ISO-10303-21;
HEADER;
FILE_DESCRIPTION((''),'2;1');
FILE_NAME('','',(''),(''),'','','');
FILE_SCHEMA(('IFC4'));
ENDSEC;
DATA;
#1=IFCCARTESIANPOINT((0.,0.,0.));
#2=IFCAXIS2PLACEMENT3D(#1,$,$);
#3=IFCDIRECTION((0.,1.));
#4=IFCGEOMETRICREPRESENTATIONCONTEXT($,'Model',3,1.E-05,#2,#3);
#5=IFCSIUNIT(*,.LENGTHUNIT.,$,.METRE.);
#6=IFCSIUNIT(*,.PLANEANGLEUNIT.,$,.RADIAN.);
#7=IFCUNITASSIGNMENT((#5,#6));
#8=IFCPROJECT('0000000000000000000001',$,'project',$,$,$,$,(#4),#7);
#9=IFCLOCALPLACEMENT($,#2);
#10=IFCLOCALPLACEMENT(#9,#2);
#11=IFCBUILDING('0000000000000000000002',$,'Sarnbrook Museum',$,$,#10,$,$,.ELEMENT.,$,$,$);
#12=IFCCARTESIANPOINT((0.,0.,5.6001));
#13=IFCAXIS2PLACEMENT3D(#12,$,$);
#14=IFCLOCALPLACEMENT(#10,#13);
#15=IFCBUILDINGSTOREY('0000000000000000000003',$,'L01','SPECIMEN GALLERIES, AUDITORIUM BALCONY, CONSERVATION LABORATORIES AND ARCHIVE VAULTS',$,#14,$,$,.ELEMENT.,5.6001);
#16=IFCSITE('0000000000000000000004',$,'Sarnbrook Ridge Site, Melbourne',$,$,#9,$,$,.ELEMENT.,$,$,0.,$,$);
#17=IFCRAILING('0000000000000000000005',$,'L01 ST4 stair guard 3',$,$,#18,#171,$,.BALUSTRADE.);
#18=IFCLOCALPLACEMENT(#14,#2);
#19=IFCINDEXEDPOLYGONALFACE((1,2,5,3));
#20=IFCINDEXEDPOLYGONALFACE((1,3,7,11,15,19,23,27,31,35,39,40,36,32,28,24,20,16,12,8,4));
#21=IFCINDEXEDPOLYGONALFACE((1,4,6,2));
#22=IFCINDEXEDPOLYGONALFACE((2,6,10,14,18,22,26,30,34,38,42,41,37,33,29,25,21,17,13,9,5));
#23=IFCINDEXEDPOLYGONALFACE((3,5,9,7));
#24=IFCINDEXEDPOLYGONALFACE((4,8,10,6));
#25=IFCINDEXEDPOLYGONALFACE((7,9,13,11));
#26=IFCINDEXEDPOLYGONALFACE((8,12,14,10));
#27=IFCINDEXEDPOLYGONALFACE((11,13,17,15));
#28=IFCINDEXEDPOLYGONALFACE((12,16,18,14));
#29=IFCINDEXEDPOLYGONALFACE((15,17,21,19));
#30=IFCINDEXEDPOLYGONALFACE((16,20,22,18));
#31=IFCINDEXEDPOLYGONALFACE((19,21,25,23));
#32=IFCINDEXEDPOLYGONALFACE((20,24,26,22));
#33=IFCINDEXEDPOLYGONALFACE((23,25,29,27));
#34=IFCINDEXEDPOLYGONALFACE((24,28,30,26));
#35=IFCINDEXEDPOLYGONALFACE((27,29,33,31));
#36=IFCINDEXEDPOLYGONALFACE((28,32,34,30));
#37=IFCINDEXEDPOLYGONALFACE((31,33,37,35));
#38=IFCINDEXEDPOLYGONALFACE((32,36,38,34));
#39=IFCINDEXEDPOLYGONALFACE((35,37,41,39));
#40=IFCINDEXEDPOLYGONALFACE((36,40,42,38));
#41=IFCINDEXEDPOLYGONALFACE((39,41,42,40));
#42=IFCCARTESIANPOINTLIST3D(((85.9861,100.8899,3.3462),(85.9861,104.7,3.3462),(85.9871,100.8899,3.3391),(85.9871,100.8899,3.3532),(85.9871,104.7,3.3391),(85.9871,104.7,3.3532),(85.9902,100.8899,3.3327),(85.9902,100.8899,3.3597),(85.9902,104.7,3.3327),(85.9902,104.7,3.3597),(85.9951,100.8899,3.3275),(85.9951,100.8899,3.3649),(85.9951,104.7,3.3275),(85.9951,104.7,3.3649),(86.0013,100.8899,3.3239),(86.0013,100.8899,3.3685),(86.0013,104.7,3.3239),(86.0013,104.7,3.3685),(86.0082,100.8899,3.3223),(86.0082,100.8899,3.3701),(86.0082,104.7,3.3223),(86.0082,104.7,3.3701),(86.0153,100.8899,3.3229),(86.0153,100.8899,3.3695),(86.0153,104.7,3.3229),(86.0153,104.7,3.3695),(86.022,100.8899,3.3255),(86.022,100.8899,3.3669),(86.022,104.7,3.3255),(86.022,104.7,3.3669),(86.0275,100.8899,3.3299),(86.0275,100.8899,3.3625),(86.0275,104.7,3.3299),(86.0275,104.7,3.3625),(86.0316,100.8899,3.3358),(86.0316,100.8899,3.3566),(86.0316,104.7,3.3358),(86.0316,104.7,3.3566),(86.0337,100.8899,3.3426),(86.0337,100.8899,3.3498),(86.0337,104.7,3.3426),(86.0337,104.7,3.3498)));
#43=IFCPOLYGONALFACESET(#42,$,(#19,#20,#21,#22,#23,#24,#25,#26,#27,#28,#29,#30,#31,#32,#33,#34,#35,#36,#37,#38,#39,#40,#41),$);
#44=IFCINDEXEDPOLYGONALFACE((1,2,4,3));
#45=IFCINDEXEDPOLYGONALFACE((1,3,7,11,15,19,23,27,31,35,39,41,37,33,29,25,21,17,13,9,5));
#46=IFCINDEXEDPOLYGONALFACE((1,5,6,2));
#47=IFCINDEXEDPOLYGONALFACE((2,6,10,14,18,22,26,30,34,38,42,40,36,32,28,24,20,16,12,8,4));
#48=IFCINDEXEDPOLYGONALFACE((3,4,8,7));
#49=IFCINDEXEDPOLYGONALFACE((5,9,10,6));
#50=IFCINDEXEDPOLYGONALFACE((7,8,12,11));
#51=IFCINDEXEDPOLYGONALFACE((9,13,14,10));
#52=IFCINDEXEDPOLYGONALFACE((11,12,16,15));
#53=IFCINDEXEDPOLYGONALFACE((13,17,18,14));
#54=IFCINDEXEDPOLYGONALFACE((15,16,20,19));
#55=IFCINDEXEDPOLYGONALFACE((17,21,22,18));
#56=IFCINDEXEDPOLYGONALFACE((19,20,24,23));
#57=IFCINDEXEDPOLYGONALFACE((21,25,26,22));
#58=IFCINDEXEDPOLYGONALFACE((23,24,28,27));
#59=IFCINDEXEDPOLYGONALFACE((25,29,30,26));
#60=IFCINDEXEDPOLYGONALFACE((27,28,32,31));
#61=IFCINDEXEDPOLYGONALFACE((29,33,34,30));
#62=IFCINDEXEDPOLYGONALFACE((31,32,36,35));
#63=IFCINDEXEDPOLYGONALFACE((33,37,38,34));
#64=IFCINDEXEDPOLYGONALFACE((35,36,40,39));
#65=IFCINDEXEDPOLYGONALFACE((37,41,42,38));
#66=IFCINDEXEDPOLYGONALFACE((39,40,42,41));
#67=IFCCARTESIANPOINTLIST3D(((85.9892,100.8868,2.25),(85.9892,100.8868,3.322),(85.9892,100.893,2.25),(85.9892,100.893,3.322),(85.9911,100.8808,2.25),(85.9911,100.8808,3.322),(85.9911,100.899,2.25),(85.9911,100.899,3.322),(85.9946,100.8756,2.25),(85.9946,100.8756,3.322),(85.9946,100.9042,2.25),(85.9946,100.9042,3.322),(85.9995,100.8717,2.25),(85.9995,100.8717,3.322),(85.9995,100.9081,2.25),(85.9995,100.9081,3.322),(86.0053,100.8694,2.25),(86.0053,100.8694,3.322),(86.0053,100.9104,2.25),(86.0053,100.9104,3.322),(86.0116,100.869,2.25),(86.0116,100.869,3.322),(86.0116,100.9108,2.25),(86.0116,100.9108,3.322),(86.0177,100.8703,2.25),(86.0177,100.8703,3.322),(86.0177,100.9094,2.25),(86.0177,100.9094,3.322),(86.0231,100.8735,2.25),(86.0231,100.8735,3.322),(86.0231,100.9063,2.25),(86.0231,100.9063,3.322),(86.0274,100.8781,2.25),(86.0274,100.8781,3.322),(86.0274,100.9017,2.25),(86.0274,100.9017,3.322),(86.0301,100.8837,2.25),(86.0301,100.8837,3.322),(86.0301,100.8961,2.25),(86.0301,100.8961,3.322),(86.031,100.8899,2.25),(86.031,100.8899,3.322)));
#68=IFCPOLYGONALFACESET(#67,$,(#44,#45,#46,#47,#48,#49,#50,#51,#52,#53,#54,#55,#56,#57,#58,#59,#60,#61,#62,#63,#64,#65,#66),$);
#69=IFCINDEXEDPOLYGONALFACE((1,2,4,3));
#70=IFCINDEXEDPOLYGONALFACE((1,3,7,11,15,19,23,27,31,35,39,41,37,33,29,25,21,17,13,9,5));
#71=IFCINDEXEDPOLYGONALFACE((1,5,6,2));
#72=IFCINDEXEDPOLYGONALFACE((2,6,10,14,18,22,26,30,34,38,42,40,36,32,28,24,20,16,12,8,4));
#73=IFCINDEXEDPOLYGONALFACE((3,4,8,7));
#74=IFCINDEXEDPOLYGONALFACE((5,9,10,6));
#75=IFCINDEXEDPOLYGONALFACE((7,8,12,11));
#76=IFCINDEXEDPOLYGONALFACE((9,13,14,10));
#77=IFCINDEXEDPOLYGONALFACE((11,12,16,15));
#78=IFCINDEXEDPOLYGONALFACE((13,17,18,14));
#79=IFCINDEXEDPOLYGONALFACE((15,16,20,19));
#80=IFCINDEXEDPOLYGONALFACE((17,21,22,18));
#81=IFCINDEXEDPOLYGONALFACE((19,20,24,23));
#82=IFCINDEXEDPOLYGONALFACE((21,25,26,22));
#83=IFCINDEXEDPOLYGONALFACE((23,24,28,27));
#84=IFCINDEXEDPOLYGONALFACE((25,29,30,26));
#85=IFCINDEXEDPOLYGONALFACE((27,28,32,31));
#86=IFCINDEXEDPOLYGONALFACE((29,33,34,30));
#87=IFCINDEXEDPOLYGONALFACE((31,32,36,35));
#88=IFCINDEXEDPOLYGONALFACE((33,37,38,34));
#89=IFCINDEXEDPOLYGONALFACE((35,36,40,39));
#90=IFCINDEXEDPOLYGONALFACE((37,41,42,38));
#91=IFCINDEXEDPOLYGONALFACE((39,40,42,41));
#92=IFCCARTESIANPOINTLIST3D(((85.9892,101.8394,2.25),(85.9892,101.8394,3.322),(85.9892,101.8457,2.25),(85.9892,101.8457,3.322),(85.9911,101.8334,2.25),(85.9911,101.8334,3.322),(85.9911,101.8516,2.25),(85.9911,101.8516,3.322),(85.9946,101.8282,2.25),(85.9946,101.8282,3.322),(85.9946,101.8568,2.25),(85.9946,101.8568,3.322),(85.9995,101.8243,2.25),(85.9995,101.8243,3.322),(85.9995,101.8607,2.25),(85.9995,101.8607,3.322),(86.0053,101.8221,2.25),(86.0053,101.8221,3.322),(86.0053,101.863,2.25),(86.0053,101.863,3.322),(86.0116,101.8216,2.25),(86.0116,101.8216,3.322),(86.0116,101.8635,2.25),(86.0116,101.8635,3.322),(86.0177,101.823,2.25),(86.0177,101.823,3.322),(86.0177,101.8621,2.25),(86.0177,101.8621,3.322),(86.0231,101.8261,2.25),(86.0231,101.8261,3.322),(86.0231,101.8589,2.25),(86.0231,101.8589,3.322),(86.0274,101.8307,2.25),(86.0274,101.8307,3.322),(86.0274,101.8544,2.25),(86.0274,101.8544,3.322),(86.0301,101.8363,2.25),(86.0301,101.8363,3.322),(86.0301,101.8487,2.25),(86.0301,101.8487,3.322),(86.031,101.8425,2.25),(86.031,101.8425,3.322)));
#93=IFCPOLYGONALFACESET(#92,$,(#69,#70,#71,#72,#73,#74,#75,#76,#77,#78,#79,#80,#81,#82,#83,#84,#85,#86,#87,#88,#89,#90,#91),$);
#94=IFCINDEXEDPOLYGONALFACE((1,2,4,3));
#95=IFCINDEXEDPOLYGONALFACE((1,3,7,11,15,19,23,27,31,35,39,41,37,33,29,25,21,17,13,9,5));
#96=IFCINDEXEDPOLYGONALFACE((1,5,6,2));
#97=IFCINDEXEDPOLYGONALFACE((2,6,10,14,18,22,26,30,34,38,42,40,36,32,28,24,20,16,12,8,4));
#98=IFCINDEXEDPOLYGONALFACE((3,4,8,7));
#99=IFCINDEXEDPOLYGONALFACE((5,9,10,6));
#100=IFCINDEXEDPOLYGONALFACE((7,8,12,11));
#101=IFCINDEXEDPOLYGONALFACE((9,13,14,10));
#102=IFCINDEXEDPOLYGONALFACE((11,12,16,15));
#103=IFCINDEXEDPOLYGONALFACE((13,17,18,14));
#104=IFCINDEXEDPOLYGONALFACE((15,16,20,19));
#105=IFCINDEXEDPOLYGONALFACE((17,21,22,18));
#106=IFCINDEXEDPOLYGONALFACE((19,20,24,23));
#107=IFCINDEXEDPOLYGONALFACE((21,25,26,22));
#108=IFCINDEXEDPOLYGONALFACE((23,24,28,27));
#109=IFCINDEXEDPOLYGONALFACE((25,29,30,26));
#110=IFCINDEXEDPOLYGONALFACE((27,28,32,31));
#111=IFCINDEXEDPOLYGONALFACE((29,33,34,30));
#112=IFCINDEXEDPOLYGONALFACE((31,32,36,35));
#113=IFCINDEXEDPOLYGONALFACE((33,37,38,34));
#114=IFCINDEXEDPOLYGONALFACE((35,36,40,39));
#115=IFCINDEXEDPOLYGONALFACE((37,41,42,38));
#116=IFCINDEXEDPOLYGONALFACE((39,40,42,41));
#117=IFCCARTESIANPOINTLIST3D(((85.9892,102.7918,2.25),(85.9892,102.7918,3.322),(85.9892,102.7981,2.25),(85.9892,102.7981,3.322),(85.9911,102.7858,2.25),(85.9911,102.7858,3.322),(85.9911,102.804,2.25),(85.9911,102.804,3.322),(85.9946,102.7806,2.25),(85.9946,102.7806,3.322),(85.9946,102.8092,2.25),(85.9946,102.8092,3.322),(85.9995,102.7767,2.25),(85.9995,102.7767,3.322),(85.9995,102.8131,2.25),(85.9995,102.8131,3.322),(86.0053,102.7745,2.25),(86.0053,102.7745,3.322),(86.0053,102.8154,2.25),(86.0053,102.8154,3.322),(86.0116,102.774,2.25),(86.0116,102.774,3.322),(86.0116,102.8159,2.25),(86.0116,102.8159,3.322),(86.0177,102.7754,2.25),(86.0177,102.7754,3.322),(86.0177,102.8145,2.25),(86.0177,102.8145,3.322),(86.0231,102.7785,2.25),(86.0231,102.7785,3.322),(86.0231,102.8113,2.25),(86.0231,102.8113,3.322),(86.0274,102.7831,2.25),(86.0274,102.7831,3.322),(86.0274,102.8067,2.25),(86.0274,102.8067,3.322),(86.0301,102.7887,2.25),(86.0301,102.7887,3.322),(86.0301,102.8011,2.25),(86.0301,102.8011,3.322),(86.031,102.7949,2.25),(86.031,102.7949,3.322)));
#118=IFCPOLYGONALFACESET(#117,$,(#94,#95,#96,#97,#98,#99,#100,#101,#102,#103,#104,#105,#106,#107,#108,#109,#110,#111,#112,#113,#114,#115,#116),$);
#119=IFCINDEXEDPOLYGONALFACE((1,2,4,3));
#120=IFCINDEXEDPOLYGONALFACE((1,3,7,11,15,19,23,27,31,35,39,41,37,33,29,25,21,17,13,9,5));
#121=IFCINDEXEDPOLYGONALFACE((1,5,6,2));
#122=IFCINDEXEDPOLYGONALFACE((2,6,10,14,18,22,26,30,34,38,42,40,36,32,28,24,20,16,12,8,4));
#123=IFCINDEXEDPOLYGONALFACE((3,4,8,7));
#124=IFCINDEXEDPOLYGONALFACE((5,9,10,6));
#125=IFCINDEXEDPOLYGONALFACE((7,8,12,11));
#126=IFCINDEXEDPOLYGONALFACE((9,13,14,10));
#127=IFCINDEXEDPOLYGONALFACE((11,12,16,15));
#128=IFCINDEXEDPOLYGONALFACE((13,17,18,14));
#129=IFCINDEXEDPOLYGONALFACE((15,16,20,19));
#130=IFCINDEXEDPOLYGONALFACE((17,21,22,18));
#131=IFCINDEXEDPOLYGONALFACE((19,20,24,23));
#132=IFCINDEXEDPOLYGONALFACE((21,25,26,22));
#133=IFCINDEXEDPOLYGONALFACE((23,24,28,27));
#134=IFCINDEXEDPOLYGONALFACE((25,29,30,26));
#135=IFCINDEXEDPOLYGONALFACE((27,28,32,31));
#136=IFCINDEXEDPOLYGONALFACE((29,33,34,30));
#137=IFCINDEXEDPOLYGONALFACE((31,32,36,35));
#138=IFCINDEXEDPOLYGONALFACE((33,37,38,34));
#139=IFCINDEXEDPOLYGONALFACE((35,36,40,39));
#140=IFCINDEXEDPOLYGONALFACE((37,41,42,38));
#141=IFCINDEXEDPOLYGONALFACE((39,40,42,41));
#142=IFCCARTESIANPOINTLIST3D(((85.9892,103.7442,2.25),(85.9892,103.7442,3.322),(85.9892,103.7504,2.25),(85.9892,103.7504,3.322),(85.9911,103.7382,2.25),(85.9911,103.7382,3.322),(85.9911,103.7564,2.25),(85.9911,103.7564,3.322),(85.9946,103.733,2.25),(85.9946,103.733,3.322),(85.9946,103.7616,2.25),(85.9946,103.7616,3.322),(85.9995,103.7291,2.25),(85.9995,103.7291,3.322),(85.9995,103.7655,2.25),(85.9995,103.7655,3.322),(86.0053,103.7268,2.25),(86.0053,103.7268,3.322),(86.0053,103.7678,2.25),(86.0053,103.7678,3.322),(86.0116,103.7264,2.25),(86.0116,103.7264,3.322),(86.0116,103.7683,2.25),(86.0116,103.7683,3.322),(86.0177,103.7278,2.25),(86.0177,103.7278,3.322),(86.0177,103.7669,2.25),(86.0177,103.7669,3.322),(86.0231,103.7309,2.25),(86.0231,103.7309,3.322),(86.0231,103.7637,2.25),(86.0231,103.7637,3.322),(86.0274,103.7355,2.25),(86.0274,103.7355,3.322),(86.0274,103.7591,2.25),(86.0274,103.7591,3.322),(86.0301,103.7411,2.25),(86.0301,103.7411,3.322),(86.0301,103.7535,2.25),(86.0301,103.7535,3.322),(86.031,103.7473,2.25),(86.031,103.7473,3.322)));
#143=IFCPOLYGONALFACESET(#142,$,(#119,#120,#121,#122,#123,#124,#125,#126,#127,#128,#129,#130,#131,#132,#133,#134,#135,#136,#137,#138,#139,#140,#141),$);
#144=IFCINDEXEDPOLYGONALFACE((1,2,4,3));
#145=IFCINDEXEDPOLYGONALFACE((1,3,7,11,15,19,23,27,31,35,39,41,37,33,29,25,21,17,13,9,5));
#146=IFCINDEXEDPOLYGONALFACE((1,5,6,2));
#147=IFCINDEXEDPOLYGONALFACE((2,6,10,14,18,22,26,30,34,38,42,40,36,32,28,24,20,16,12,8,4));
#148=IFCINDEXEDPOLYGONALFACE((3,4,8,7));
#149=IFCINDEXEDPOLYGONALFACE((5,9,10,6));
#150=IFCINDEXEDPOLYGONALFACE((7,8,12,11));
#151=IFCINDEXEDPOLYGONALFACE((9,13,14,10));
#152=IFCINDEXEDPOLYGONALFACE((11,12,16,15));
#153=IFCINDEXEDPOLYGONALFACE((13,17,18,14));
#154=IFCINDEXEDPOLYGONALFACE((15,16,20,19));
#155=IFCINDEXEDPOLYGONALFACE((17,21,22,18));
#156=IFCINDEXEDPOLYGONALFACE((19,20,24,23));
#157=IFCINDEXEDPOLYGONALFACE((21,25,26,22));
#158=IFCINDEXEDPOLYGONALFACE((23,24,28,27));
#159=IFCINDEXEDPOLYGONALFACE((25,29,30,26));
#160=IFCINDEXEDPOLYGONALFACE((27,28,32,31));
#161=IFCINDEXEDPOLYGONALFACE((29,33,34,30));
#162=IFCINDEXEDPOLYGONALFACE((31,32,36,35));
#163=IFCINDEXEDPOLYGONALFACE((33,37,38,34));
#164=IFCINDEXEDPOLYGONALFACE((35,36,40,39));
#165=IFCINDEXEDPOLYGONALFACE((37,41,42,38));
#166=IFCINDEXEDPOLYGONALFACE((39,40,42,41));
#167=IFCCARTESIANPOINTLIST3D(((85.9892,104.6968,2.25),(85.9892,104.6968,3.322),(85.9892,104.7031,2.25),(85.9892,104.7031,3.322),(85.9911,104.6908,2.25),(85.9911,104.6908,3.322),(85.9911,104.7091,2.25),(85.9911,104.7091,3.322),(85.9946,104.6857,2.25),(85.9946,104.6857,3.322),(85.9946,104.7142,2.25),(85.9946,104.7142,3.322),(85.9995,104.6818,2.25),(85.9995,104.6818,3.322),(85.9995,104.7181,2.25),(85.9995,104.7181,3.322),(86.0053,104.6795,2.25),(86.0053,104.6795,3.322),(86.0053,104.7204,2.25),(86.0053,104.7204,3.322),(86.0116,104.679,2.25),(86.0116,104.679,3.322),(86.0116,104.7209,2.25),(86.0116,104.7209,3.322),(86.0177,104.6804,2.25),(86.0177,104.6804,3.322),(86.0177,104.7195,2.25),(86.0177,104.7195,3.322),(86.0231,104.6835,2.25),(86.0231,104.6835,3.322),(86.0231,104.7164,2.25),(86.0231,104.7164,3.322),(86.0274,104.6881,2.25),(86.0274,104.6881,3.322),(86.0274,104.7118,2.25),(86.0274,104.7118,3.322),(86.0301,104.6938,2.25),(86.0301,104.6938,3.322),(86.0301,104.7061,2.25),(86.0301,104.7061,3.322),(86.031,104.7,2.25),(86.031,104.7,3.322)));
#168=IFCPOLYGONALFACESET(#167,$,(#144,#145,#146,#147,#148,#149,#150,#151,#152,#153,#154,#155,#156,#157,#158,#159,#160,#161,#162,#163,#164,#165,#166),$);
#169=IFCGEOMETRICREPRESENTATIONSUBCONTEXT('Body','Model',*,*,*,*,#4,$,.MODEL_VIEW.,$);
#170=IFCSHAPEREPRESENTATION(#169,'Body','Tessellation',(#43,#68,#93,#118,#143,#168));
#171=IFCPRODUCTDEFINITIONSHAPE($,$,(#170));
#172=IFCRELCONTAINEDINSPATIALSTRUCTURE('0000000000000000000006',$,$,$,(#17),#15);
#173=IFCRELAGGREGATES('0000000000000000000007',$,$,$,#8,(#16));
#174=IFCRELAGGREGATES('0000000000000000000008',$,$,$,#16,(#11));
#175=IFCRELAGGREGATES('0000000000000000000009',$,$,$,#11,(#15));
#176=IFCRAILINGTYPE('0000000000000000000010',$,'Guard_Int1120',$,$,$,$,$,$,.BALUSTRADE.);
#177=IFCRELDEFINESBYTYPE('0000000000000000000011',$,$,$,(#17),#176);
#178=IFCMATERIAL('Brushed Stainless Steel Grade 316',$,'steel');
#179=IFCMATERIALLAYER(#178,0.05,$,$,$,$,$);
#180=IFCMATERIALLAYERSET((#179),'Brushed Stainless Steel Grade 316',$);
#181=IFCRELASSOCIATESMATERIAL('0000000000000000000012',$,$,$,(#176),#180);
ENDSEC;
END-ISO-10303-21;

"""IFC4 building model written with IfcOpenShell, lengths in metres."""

from ifc_helpers import new_model, si_unit, direction, frame, origin, origin_2d, place, context, subcontext, project, spatial, circle, extrude, material, layer, layer_set, type_object, element, save


model = new_model("IFC4")

# Units and contexts
model_context = context("Model", 3, precision=1e-05, world=origin(), true_north=direction((0.0, 1.0)))
body_context = subcontext(model_context, "Body", "Model", "MODEL_VIEW")
ifc_project = project(units=[si_unit("LENGTHUNIT", "METRE"), si_unit("PLANEANGLEUNIT", "RADIAN")], contexts=[model_context])

# Site, building, storey
site_placement = place(None, origin())
site = spatial("IfcSite", under=ifc_project, at=site_placement, Name="Sarnbrook Ridge Site, Melbourne", CompositionType="ELEMENT", RefElevation=0.0)
building_placement = place(site_placement, origin())
building = spatial("IfcBuilding", under=site, at=building_placement, Name="Sarnbrook Museum", CompositionType="ELEMENT")
storey_placement = place(building_placement, frame((0.0, 0.0, 5.6001)))
storey = spatial("IfcBuildingStorey", under=building, at=storey_placement, Name="L01", Description="SPECIMEN GALLERIES, AUDITORIUM BALCONY, CONSERVATION LABORATORIES AND ARCHIVE VAULTS", CompositionType="ELEMENT", Elevation=5.6001)

# Shared definitions
ifc_material_1 = material(Name="Brushed Stainless Steel Grade 316", Category="steel")

# Railing
ifc_layer_1 = layer(ifc_material_1, 0.05)
ifc_layer_set_1 = layer_set([ifc_layer_1], Name="Brushed Stainless Steel Grade 316")
railing_type_1 = type_object("IfcRailingType", Name="Guard_Int1120", PredefinedType="BALUSTRADE", material=ifc_layer_set_1)
for number, where, name in (
    (1, (86.01, 100.8899, 2.25), "L01 ST4 stair guard 3"),
):
    element("IfcRailing", number, at=place(storey_placement, frame(where)), inside=storey, type_object=railing_type_1, Name=name, PredefinedType="BALUSTRADE", context=body_context, shape_type="SweptSolid", body=[
        extrude(circle(Radius=0.0239, at=origin_2d()), frame((0.0, 0.0, 1.0962), z_axis=(0.0, 1.0, 0.0), x_axis=(-1.0, 0.0, 0.0)), (0.0, 0.0, 1.0), 3.8101),
        extrude(circle(Radius=0.021, at=origin_2d()), origin(), (0.0, 0.0, 1.0), 1.072),
        extrude(circle(Radius=0.021, at=origin_2d()), frame((0.0, 0.9526, 0.0)), (0.0, 0.0, 1.0), 1.072),
        extrude(circle(Radius=0.021, at=origin_2d()), frame((0.0, 1.905, 0.0)), (0.0, 0.0, 1.0), 1.072),
        extrude(circle(Radius=0.021, at=origin_2d()), frame((0.0, 2.8574, 0.0)), (0.0, 0.0, 1.0), 1.072),
        extrude(circle(Radius=0.021, at=origin_2d()), frame((0.0, 3.8101, 0.0)), (0.0, 0.0, 1.0), 1.072),
    ])

save(model, "model.ifc")
